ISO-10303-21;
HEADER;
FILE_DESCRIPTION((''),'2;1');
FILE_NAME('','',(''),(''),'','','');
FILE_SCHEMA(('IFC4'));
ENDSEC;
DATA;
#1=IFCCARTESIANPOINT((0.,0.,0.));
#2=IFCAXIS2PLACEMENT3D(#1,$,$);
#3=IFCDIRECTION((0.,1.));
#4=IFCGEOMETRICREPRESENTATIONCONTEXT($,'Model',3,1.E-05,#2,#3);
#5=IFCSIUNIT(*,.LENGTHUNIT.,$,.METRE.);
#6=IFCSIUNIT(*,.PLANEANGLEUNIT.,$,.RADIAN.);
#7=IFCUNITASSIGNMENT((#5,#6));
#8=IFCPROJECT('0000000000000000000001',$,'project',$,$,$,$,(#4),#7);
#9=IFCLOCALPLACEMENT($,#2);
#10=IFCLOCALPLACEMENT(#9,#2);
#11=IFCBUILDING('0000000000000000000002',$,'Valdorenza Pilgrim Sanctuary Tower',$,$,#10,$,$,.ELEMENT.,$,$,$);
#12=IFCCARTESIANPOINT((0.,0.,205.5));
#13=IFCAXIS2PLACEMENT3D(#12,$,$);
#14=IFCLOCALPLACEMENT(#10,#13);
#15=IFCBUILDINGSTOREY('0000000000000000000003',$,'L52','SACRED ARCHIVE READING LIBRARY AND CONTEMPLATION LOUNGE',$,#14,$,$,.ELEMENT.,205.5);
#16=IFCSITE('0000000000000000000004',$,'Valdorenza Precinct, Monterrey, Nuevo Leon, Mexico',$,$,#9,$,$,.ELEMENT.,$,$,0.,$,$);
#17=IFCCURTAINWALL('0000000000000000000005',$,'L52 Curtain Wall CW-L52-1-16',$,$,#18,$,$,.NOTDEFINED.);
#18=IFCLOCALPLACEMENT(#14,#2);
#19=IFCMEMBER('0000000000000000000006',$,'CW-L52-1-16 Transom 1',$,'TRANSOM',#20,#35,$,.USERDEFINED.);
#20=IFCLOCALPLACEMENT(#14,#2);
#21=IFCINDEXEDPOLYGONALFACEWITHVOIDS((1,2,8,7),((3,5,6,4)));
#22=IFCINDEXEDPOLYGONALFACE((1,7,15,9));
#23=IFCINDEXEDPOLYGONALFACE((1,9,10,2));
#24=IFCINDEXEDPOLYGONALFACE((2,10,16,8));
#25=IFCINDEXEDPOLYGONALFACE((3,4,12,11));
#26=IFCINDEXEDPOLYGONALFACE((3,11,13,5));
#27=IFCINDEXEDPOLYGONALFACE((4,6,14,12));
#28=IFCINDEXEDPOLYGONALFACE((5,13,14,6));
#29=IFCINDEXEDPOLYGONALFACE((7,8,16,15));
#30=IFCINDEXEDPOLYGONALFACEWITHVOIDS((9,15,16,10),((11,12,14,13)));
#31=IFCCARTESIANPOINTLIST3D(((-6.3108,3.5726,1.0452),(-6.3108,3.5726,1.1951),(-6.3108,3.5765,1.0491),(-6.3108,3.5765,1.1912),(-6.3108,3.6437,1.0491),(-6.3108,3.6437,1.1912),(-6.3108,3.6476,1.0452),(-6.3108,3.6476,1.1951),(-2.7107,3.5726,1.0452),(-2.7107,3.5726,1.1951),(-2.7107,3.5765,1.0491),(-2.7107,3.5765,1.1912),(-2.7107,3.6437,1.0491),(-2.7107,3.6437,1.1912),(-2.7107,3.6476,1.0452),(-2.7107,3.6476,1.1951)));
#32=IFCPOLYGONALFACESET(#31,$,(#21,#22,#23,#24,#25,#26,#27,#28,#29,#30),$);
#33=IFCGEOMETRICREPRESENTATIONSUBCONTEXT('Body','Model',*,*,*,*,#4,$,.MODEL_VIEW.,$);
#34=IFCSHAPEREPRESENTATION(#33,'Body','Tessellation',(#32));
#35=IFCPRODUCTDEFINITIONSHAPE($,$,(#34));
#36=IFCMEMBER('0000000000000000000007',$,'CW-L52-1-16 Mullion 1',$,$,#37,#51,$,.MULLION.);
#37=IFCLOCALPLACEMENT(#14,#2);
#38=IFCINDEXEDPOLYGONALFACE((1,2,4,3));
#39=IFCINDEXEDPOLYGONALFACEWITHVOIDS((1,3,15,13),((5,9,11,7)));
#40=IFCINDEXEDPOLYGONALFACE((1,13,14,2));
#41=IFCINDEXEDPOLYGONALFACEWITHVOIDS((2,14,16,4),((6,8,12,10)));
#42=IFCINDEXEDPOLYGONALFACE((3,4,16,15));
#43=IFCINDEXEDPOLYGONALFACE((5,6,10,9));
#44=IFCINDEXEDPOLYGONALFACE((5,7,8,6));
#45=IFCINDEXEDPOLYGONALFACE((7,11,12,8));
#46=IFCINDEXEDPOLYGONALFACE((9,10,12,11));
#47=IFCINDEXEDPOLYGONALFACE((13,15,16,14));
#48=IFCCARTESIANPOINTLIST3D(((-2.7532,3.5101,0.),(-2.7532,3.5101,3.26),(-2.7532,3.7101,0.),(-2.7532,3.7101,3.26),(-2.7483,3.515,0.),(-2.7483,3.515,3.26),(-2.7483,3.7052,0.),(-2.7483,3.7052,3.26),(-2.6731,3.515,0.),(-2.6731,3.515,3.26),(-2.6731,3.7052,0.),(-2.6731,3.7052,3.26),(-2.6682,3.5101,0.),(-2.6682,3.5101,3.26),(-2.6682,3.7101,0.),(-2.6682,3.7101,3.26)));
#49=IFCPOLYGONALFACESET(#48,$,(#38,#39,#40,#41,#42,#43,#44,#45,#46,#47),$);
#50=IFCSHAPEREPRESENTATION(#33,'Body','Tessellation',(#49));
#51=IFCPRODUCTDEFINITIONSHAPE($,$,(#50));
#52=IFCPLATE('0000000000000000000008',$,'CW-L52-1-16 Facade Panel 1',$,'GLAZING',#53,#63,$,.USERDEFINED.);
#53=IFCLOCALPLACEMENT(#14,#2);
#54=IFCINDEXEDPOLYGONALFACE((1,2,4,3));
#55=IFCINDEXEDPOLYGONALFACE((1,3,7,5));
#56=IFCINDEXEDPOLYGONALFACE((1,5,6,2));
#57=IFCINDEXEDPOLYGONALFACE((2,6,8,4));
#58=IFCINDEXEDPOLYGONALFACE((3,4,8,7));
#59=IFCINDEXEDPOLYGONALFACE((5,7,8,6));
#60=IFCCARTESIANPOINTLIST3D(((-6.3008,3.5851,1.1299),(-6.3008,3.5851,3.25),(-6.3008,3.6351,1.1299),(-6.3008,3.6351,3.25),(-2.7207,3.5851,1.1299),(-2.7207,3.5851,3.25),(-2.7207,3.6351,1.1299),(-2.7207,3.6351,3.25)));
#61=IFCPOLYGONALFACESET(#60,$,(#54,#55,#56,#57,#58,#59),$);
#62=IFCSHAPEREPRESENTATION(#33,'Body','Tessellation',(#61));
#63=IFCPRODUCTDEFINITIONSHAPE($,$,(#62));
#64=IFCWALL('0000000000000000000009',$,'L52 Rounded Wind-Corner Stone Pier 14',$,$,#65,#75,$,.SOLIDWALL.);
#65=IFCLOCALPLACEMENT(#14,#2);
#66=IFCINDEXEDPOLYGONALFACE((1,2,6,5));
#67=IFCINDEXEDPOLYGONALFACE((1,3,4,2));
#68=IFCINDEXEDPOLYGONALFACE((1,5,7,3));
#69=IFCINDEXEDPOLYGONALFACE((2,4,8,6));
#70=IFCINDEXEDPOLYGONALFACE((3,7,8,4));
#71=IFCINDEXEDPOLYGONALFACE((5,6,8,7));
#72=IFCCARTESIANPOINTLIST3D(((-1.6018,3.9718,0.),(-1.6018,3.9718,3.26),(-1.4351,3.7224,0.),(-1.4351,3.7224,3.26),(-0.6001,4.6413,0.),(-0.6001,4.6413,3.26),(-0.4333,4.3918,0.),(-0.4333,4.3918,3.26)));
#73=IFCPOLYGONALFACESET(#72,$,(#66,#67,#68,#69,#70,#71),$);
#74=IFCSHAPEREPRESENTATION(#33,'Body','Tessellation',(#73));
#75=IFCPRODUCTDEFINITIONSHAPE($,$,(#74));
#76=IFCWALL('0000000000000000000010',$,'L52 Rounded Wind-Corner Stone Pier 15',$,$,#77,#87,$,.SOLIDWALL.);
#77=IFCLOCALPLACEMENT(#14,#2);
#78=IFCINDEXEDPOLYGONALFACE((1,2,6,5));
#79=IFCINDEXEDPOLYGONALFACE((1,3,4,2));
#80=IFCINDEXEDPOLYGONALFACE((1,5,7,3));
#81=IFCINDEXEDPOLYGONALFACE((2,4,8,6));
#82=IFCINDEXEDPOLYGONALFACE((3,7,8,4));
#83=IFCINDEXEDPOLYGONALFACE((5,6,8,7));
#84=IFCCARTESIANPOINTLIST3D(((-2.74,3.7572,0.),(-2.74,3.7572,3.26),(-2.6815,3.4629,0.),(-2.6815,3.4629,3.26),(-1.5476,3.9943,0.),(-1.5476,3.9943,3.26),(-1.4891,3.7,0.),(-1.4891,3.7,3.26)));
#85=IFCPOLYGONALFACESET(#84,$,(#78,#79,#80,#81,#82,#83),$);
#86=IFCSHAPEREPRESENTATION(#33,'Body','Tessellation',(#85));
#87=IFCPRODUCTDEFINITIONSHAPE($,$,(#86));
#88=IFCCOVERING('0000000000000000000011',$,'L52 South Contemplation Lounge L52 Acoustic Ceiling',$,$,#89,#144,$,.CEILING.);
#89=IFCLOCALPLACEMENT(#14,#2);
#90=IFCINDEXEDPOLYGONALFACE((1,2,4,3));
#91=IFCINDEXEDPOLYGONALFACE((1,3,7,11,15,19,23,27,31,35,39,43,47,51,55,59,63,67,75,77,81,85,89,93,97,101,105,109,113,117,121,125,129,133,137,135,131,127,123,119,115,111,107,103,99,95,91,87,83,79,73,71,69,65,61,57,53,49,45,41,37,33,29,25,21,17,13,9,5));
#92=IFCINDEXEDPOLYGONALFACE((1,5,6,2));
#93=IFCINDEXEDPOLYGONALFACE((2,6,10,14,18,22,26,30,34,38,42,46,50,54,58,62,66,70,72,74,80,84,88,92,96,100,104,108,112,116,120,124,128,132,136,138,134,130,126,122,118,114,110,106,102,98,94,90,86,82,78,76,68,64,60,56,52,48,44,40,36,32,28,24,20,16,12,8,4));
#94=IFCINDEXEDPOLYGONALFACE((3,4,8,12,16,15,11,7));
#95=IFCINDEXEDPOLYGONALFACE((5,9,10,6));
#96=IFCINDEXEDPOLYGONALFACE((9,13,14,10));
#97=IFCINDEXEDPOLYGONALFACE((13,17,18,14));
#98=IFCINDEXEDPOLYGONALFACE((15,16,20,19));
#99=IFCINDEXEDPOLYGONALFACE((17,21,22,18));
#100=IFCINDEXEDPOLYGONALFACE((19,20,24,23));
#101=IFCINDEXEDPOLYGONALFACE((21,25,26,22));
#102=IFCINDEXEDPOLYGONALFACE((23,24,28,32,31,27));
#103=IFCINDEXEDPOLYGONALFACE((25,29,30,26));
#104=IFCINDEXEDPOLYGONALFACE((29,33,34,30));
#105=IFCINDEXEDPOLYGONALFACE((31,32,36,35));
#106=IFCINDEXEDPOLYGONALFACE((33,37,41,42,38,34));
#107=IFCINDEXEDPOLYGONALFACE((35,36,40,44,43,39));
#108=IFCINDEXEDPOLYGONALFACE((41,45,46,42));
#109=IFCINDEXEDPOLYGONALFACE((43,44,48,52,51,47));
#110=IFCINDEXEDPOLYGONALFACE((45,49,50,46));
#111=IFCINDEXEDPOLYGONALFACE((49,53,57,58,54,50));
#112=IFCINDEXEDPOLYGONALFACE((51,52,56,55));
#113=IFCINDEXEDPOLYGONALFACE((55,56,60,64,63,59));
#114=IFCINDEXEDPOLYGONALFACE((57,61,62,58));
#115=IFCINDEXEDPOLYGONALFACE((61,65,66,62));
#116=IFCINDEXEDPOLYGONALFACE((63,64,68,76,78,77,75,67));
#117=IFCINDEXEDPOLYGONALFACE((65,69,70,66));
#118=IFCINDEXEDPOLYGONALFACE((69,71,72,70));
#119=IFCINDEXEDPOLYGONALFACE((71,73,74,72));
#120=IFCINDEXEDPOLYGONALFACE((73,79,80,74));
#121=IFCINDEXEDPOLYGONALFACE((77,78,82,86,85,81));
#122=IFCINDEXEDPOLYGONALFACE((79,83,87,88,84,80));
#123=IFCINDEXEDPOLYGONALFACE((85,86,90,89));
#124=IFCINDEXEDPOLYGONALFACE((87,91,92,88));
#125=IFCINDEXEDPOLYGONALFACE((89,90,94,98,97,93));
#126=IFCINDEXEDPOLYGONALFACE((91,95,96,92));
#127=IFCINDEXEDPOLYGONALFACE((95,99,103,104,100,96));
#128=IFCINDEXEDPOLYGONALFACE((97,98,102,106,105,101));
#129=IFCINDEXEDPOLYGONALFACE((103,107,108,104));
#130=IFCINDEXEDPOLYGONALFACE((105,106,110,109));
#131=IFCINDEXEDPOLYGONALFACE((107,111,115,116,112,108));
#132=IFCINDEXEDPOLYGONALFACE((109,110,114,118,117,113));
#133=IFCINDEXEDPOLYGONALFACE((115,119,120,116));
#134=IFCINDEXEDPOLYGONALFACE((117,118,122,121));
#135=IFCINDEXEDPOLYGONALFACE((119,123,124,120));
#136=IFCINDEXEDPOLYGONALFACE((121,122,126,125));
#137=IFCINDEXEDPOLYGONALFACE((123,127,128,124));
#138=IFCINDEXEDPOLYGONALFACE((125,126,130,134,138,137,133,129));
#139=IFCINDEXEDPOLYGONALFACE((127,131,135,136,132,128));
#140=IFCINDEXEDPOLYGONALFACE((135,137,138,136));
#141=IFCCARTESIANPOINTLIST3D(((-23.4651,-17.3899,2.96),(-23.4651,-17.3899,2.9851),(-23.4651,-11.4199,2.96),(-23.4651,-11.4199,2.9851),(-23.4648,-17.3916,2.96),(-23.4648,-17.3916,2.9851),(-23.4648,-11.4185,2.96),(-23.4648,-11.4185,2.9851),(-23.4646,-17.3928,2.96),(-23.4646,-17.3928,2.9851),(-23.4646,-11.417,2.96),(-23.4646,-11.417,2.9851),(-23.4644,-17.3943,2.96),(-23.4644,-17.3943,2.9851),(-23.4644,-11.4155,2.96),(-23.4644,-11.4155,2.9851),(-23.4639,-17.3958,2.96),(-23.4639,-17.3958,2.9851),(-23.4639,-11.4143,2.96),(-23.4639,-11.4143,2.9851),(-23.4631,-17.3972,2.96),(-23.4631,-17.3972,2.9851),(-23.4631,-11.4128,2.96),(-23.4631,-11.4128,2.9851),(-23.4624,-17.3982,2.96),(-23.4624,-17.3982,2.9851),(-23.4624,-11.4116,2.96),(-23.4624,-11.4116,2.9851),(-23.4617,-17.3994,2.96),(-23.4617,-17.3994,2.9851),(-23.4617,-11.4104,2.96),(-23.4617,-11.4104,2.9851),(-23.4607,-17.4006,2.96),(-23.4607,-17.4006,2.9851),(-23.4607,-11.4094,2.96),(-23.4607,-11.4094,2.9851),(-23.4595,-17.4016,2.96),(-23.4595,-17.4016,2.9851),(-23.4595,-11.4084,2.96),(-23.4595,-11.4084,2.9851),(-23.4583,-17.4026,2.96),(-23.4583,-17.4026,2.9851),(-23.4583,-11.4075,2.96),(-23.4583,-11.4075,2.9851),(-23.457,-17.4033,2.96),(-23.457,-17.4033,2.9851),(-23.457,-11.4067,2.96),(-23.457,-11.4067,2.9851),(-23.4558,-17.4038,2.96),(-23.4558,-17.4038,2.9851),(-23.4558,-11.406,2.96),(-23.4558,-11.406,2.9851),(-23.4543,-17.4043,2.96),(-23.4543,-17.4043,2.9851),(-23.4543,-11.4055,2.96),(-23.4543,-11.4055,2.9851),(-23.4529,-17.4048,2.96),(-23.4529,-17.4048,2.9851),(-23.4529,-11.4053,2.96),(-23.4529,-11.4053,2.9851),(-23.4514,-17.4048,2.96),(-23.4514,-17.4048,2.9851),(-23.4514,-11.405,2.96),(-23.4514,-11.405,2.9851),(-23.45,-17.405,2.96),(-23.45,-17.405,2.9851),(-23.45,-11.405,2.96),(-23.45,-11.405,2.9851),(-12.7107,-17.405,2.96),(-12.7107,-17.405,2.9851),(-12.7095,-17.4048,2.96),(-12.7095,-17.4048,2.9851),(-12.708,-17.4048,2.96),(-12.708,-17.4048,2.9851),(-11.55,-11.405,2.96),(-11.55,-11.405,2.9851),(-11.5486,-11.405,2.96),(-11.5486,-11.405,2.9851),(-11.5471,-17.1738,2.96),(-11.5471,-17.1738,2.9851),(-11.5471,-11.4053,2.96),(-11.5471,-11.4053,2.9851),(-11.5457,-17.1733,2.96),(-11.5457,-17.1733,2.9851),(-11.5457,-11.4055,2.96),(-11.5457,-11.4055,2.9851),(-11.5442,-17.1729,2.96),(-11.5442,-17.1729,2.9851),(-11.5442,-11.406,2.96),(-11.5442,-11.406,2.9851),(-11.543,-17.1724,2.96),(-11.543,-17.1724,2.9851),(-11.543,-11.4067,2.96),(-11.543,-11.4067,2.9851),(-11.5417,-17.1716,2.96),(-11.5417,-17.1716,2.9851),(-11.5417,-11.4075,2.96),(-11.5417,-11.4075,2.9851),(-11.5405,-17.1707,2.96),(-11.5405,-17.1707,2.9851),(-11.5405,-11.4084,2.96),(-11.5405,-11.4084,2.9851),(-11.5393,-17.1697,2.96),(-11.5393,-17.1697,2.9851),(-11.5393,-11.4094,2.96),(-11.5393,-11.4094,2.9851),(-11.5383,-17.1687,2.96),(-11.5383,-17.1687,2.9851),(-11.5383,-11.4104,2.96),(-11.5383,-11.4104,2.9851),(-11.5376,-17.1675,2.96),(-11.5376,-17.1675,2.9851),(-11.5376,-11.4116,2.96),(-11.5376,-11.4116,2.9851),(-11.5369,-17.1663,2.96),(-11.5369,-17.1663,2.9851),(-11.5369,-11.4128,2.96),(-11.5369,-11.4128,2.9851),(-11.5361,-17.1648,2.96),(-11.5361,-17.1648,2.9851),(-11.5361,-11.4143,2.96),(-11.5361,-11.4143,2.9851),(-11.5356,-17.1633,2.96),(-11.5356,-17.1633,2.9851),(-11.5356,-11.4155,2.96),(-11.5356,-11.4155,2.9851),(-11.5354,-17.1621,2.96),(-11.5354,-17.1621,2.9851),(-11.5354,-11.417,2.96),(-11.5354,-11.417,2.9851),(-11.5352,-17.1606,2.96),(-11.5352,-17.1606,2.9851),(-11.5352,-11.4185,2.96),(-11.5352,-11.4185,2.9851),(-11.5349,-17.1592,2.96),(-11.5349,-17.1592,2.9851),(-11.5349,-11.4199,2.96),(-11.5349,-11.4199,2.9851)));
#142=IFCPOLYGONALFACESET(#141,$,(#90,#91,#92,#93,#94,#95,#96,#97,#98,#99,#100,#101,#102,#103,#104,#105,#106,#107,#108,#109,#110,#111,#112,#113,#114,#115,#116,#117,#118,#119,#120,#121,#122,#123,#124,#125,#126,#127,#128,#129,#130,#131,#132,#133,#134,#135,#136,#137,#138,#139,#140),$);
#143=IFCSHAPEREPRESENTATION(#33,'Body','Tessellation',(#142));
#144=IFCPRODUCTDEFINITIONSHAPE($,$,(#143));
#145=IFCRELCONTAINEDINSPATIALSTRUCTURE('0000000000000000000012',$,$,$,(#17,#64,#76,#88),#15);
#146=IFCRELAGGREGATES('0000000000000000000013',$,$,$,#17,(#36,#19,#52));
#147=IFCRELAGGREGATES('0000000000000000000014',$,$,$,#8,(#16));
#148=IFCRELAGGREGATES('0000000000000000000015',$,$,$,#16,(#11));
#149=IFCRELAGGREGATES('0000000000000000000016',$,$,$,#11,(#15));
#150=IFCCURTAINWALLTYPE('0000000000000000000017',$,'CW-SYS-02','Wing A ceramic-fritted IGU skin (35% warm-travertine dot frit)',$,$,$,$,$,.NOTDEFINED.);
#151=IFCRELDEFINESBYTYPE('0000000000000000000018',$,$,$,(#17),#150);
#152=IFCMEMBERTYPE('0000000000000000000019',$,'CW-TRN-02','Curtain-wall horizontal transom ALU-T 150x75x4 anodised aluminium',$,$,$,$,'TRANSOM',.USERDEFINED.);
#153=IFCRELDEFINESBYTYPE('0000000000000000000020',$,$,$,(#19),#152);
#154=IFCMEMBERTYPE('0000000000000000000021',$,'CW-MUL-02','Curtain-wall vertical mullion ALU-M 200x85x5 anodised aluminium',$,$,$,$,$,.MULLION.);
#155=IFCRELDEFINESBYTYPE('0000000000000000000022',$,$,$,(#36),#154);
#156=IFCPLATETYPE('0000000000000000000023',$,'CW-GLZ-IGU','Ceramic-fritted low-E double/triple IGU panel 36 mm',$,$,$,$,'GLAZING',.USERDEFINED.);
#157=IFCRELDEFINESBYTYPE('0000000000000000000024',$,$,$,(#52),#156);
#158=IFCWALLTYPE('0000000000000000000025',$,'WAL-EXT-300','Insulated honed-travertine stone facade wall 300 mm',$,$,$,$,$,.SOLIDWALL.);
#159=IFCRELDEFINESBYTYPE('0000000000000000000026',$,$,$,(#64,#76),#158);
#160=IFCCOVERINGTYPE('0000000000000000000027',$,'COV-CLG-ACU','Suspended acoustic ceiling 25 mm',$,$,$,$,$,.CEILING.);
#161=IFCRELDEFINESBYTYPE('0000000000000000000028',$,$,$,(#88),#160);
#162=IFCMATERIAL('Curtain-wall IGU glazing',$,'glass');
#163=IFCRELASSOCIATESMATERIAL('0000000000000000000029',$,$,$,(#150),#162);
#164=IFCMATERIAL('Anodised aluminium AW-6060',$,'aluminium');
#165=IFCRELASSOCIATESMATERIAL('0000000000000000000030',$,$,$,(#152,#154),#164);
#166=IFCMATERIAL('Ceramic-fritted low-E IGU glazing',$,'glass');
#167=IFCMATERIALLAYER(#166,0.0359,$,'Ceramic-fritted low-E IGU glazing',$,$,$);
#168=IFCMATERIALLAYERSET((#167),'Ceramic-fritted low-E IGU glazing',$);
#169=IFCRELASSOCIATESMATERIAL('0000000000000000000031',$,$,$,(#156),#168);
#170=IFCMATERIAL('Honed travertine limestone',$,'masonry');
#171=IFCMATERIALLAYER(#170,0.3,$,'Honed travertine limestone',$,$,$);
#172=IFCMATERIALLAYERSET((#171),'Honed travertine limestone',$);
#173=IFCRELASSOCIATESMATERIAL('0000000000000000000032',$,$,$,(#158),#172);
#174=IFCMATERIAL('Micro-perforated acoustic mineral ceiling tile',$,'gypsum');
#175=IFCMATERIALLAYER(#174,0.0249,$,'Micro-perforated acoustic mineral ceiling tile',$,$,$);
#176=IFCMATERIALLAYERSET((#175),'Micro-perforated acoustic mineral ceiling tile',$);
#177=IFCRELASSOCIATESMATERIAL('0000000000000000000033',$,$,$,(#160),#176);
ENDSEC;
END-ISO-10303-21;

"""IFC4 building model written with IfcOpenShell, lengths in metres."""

from ifc_helpers import new_model, si_unit, direction, frame, frame_2d, origin, origin_2d, place, context, subcontext, project, spatial, polyline, rectangle, hollow_rectangle, outline, extrude, source, transform, mapped, material, layer, layer_set, material_profile, profile_set, type_object, element, aggregate, save


model = new_model("IFC4")

# Units and contexts
model_context = context("Model", 3, precision=1e-05, world=origin(), true_north=direction((0.0, 1.0)))
body_context = subcontext(model_context, "Body", "Model", "MODEL_VIEW")
ifc_project = project(units=[si_unit("LENGTHUNIT", "METRE"), si_unit("PLANEANGLEUNIT", "RADIAN")], contexts=[model_context])

# Site, building, storey
site_placement = place(None, origin())
site = spatial("IfcSite", under=ifc_project, at=site_placement, Name="Valdorenza Precinct, Monterrey, Nuevo Leon, Mexico", CompositionType="ELEMENT", RefElevation=0.0)
building_placement = place(site_placement, origin())
building = spatial("IfcBuilding", under=site, at=building_placement, Name="Valdorenza Pilgrim Sanctuary Tower", CompositionType="ELEMENT")
storey_placement = place(building_placement, frame((0.0, 0.0, 205.5)))
storey = spatial("IfcBuildingStorey", under=building, at=storey_placement, Name="L52", Description="SACRED ARCHIVE READING LIBRARY AND CONTEMPLATION LOUNGE", CompositionType="ELEMENT", Elevation=205.5)

# Curtain wall, members, plate
ifc_material_1 = material(Name="Curtain-wall IGU glazing", Category="glass")
curtain_wall_type = type_object("IfcCurtainWallType", Name="CW-SYS-02", Description="Wing A ceramic-fritted IGU skin (35% warm-travertine dot frit)", PredefinedType="NOTDEFINED", material=ifc_material_1)
curtain_wall_placement = place(storey_placement, origin())
curtain_wall = element("IfcCurtainWall", 1, at=curtain_wall_placement, inside=storey, type_object=curtain_wall_type, Name="L52 Curtain Wall CW-L52-1-16", PredefinedType="NOTDEFINED")
ifc_material_2 = material(Name="Anodised aluminium AW-6060", Category="aluminium")
ifc_material_profile_1 = material_profile(ifc_material_2, hollow_rectangle(XDim=0.075, YDim=0.1499, WallThickness=0.0039, at=origin_2d()), Name="ALU-T 150x75x4")
ifc_profile_set_1 = profile_set([ifc_material_profile_1], Name="Anodised aluminium AW-6060")
member_type_1 = type_object("IfcMemberType", Name="CW-TRN-02", Description="Curtain-wall horizontal transom ALU-T 150x75x4 anodised aluminium", ElementType="TRANSOM", PredefinedType="USERDEFINED", material=ifc_profile_set_1)
shared_shape_1 = source(origin(), body_context, "Body", "SweptSolid", [
    extrude(hollow_rectangle(XDim=0.075, YDim=0.1499, WallThickness=0.0039, at=origin_2d()), origin(), (0.0, 0.0, 1.0), 3.6001),
])
member_1_placement = place(storey_placement, frame((-2.7107, 3.6101, 1.1201), z_axis=(-1.0, 0.0, 0.0), x_axis=(0.0, -1.0, 0.0)))
member_1 = element("IfcMember", 2, at=member_1_placement, type_object=member_type_1, Name="CW-L52-1-16 Transom 1", ObjectType="TRANSOM", PredefinedType="USERDEFINED", context=body_context, shape_type="MappedRepresentation", body=[
    mapped(shared_shape_1, transform((0.0, 0.0, 0.0), x_axis=(1.0, 0.0, 0.0), y_axis=(0.0, 1.0, 0.0), z_axis=(0.0, 0.0, 1.0), scale=1.0)),
])
ifc_material_profile_2 = material_profile(ifc_material_2, hollow_rectangle(XDim=0.085, YDim=0.2, WallThickness=0.0049, at=origin_2d()), Name="ALU-M 200x85x5")
ifc_profile_set_2 = profile_set([ifc_material_profile_2], Name="Anodised aluminium AW-6060")
member_type_2 = type_object("IfcMemberType", Name="CW-MUL-02", Description="Curtain-wall vertical mullion ALU-M 200x85x5 anodised aluminium", PredefinedType="MULLION", material=ifc_profile_set_2)
shared_shape_2 = source(origin(), body_context, "Body", "SweptSolid", [
    extrude(hollow_rectangle(XDim=0.085, YDim=0.2, WallThickness=0.0049, at=origin_2d()), origin(), (0.0, 0.0, 1.0), 3.26),
])
member_2_placement = place(storey_placement, frame((-2.7107, 3.6101, 0.0), z_axis=(0.0, 0.0, 1.0), x_axis=(-1.0, 0.0, 0.0)))
member_2 = element("IfcMember", 3, at=member_2_placement, type_object=member_type_2, Name="CW-L52-1-16 Mullion 1", PredefinedType="MULLION", context=body_context, shape_type="MappedRepresentation", body=[
    mapped(shared_shape_2, transform((0.0, 0.0, 0.0), x_axis=(1.0, 0.0, 0.0), y_axis=(0.0, 1.0, 0.0), z_axis=(0.0, 0.0, 1.0), scale=1.0)),
])
ifc_material_3 = material(Name="Ceramic-fritted low-E IGU glazing", Category="glass")
ifc_layer_1 = layer(ifc_material_3, 0.0359, Name="Ceramic-fritted low-E IGU glazing")
ifc_layer_set_1 = layer_set([ifc_layer_1], Name="Ceramic-fritted low-E IGU glazing")
plate_type = type_object("IfcPlateType", Name="CW-GLZ-IGU", Description="Ceramic-fritted low-E double/triple IGU panel 36 mm", ElementType="GLAZING", PredefinedType="USERDEFINED", material=ifc_layer_set_1)
shared_shape_3 = source(origin(), body_context, "Body", "SweptSolid", [
    extrude(rectangle(XDim=3.5801, YDim=0.05, at=origin_2d()), origin(), (0.0, 0.0, 1.0), 2.1201),
])
plate_placement = place(storey_placement, frame((-4.5107, 3.6101, 1.1299), z_axis=(0.0, 0.0, 1.0), x_axis=(-1.0, 0.0, 0.0)))
plate = element("IfcPlate", 4, at=plate_placement, type_object=plate_type, Name="CW-L52-1-16 Facade Panel 1", ObjectType="GLAZING", PredefinedType="USERDEFINED", context=body_context, shape_type="MappedRepresentation", body=[
    mapped(shared_shape_3, transform((0.0, 0.0, 0.0), x_axis=(1.0, 0.0, 0.0), y_axis=(0.0, 1.0, 0.0), z_axis=(0.0, 0.0, 1.0), scale=1.0)),
])
aggregate(curtain_wall, [member_2, member_1, plate])

# Walls
ifc_material_4 = material(Name="Honed travertine limestone", Category="masonry")
ifc_layer_2 = layer(ifc_material_4, 0.3, Name="Honed travertine limestone")
ifc_layer_set_2 = layer_set([ifc_layer_2], Name="Honed travertine limestone")
wall_type = type_object("IfcWallType", Name="WAL-EXT-300", Description="Insulated honed-travertine stone facade wall 300 mm", PredefinedType="SOLIDWALL", material=ifc_layer_set_2)
wall_1_placement = place(storey_placement, frame((-0.5166, 4.5166, 0.0), z_axis=(0.0, 0.0, 1.0), x_axis=(-0.831426, -0.555635, 0.0)))
element("IfcWall", 5, at=wall_1_placement, inside=storey, type_object=wall_type, Name="L52 Rounded Wind-Corner Stone Pier 14", PredefinedType="SOLIDWALL", context=body_context, shape_type="SweptSolid", body=[
    extrude(rectangle(XDim=1.2048, YDim=0.3, at=frame_2d((0.6025, 0.0))), origin(), (0.0, 0.0, 1.0), 3.26),
])
wall_2_placement = place(storey_placement, frame((-1.5183, 3.8472, 0.0), z_axis=(0.0, 0.0, 1.0), x_axis=(-0.980804, -0.194996, 0.0)))
element("IfcWall", 6, at=wall_2_placement, inside=storey, type_object=wall_type, Name="L52 Rounded Wind-Corner Stone Pier 15", PredefinedType="SOLIDWALL", context=body_context, shape_type="SweptSolid", body=[
    extrude(rectangle(XDim=1.2158, YDim=0.3, at=frame_2d((0.6079, 0.0))), origin(), (0.0, 0.0, 1.0), 3.26),
])

# Covering
ifc_material_5 = material(Name="Micro-perforated acoustic mineral ceiling tile", Category="gypsum")
ifc_layer_3 = layer(ifc_material_5, 0.0249, Name="Micro-perforated acoustic mineral ceiling tile")
ifc_layer_set_3 = layer_set([ifc_layer_3], Name="Micro-perforated acoustic mineral ceiling tile")
covering_type_1 = type_object("IfcCoveringType", Name="COV-CLG-ACU", Description="Suspended acoustic ceiling 25 mm", PredefinedType="CEILING", material=ifc_layer_set_3)
covering_1_placement = place(storey_placement, frame((0.0, 0.0, 2.96)))
element("IfcCovering", 7, at=covering_1_placement, inside=storey, type_object=covering_type_1, Name="L52 South Contemplation Lounge L52 Acoustic Ceiling", PredefinedType="CEILING", context=body_context, shape_type="SweptSolid", body=[
    extrude(outline(polyline([(-11.55, -11.405), (-11.5486, -11.405), (-11.5471, -11.4053), (-11.5457, -11.4055), (-11.5442, -11.406), (-11.543, -11.4067), (-11.5417, -11.4075), (-11.5405, -11.4084), (-11.5393, -11.4094), (-11.5383, -11.4104), (-11.5376, -11.4116), (-11.5369, -11.4128), (-11.5361, -11.4143), (-11.5356, -11.4155), (-11.5354, -11.417), (-11.5352, -11.4185), (-11.5349, -11.4199), (-11.5349, -17.1592), (-11.5352, -17.1606), (-11.5354, -17.1621), (-11.5356, -17.1633), (-11.5361, -17.1648), (-11.5369, -17.1663), (-11.5376, -17.1675), (-11.5383, -17.1687), (-11.5393, -17.1697), (-11.5405, -17.1707), (-11.5417, -17.1716), (-11.543, -17.1724), (-11.5442, -17.1729), (-11.5457, -17.1733), (-11.5471, -17.1738), (-12.708, -17.4048), (-12.7095, -17.4048), (-12.7107, -17.405), (-23.45, -17.405), (-23.4514, -17.4048), (-23.4529, -17.4048), (-23.4543, -17.4043), (-23.4558, -17.4038), (-23.457, -17.4033), (-23.4583, -17.4026), (-23.4595, -17.4016), (-23.4607, -17.4006), (-23.4617, -17.3994), (-23.4624, -17.3982), (-23.4631, -17.3972), (-23.4639, -17.3958), (-23.4644, -17.3943), (-23.4646, -17.3928), (-23.4648, -17.3916), (-23.4651, -17.3899), (-23.4651, -11.4199), (-23.4648, -11.4185), (-23.4646, -11.417), (-23.4644, -11.4155), (-23.4639, -11.4143), (-23.4631, -11.4128), (-23.4624, -11.4116), (-23.4617, -11.4104), (-23.4607, -11.4094), (-23.4595, -11.4084), (-23.4583, -11.4075), (-23.457, -11.4067), (-23.4558, -11.406), (-23.4543, -11.4055), (-23.4529, -11.4053), (-23.4514, -11.405), (-23.45, -11.405), (-11.55, -11.405)])), origin(), (0.0, 0.0, 1.0), 0.0251),
])

save(model, "model.ifc")
